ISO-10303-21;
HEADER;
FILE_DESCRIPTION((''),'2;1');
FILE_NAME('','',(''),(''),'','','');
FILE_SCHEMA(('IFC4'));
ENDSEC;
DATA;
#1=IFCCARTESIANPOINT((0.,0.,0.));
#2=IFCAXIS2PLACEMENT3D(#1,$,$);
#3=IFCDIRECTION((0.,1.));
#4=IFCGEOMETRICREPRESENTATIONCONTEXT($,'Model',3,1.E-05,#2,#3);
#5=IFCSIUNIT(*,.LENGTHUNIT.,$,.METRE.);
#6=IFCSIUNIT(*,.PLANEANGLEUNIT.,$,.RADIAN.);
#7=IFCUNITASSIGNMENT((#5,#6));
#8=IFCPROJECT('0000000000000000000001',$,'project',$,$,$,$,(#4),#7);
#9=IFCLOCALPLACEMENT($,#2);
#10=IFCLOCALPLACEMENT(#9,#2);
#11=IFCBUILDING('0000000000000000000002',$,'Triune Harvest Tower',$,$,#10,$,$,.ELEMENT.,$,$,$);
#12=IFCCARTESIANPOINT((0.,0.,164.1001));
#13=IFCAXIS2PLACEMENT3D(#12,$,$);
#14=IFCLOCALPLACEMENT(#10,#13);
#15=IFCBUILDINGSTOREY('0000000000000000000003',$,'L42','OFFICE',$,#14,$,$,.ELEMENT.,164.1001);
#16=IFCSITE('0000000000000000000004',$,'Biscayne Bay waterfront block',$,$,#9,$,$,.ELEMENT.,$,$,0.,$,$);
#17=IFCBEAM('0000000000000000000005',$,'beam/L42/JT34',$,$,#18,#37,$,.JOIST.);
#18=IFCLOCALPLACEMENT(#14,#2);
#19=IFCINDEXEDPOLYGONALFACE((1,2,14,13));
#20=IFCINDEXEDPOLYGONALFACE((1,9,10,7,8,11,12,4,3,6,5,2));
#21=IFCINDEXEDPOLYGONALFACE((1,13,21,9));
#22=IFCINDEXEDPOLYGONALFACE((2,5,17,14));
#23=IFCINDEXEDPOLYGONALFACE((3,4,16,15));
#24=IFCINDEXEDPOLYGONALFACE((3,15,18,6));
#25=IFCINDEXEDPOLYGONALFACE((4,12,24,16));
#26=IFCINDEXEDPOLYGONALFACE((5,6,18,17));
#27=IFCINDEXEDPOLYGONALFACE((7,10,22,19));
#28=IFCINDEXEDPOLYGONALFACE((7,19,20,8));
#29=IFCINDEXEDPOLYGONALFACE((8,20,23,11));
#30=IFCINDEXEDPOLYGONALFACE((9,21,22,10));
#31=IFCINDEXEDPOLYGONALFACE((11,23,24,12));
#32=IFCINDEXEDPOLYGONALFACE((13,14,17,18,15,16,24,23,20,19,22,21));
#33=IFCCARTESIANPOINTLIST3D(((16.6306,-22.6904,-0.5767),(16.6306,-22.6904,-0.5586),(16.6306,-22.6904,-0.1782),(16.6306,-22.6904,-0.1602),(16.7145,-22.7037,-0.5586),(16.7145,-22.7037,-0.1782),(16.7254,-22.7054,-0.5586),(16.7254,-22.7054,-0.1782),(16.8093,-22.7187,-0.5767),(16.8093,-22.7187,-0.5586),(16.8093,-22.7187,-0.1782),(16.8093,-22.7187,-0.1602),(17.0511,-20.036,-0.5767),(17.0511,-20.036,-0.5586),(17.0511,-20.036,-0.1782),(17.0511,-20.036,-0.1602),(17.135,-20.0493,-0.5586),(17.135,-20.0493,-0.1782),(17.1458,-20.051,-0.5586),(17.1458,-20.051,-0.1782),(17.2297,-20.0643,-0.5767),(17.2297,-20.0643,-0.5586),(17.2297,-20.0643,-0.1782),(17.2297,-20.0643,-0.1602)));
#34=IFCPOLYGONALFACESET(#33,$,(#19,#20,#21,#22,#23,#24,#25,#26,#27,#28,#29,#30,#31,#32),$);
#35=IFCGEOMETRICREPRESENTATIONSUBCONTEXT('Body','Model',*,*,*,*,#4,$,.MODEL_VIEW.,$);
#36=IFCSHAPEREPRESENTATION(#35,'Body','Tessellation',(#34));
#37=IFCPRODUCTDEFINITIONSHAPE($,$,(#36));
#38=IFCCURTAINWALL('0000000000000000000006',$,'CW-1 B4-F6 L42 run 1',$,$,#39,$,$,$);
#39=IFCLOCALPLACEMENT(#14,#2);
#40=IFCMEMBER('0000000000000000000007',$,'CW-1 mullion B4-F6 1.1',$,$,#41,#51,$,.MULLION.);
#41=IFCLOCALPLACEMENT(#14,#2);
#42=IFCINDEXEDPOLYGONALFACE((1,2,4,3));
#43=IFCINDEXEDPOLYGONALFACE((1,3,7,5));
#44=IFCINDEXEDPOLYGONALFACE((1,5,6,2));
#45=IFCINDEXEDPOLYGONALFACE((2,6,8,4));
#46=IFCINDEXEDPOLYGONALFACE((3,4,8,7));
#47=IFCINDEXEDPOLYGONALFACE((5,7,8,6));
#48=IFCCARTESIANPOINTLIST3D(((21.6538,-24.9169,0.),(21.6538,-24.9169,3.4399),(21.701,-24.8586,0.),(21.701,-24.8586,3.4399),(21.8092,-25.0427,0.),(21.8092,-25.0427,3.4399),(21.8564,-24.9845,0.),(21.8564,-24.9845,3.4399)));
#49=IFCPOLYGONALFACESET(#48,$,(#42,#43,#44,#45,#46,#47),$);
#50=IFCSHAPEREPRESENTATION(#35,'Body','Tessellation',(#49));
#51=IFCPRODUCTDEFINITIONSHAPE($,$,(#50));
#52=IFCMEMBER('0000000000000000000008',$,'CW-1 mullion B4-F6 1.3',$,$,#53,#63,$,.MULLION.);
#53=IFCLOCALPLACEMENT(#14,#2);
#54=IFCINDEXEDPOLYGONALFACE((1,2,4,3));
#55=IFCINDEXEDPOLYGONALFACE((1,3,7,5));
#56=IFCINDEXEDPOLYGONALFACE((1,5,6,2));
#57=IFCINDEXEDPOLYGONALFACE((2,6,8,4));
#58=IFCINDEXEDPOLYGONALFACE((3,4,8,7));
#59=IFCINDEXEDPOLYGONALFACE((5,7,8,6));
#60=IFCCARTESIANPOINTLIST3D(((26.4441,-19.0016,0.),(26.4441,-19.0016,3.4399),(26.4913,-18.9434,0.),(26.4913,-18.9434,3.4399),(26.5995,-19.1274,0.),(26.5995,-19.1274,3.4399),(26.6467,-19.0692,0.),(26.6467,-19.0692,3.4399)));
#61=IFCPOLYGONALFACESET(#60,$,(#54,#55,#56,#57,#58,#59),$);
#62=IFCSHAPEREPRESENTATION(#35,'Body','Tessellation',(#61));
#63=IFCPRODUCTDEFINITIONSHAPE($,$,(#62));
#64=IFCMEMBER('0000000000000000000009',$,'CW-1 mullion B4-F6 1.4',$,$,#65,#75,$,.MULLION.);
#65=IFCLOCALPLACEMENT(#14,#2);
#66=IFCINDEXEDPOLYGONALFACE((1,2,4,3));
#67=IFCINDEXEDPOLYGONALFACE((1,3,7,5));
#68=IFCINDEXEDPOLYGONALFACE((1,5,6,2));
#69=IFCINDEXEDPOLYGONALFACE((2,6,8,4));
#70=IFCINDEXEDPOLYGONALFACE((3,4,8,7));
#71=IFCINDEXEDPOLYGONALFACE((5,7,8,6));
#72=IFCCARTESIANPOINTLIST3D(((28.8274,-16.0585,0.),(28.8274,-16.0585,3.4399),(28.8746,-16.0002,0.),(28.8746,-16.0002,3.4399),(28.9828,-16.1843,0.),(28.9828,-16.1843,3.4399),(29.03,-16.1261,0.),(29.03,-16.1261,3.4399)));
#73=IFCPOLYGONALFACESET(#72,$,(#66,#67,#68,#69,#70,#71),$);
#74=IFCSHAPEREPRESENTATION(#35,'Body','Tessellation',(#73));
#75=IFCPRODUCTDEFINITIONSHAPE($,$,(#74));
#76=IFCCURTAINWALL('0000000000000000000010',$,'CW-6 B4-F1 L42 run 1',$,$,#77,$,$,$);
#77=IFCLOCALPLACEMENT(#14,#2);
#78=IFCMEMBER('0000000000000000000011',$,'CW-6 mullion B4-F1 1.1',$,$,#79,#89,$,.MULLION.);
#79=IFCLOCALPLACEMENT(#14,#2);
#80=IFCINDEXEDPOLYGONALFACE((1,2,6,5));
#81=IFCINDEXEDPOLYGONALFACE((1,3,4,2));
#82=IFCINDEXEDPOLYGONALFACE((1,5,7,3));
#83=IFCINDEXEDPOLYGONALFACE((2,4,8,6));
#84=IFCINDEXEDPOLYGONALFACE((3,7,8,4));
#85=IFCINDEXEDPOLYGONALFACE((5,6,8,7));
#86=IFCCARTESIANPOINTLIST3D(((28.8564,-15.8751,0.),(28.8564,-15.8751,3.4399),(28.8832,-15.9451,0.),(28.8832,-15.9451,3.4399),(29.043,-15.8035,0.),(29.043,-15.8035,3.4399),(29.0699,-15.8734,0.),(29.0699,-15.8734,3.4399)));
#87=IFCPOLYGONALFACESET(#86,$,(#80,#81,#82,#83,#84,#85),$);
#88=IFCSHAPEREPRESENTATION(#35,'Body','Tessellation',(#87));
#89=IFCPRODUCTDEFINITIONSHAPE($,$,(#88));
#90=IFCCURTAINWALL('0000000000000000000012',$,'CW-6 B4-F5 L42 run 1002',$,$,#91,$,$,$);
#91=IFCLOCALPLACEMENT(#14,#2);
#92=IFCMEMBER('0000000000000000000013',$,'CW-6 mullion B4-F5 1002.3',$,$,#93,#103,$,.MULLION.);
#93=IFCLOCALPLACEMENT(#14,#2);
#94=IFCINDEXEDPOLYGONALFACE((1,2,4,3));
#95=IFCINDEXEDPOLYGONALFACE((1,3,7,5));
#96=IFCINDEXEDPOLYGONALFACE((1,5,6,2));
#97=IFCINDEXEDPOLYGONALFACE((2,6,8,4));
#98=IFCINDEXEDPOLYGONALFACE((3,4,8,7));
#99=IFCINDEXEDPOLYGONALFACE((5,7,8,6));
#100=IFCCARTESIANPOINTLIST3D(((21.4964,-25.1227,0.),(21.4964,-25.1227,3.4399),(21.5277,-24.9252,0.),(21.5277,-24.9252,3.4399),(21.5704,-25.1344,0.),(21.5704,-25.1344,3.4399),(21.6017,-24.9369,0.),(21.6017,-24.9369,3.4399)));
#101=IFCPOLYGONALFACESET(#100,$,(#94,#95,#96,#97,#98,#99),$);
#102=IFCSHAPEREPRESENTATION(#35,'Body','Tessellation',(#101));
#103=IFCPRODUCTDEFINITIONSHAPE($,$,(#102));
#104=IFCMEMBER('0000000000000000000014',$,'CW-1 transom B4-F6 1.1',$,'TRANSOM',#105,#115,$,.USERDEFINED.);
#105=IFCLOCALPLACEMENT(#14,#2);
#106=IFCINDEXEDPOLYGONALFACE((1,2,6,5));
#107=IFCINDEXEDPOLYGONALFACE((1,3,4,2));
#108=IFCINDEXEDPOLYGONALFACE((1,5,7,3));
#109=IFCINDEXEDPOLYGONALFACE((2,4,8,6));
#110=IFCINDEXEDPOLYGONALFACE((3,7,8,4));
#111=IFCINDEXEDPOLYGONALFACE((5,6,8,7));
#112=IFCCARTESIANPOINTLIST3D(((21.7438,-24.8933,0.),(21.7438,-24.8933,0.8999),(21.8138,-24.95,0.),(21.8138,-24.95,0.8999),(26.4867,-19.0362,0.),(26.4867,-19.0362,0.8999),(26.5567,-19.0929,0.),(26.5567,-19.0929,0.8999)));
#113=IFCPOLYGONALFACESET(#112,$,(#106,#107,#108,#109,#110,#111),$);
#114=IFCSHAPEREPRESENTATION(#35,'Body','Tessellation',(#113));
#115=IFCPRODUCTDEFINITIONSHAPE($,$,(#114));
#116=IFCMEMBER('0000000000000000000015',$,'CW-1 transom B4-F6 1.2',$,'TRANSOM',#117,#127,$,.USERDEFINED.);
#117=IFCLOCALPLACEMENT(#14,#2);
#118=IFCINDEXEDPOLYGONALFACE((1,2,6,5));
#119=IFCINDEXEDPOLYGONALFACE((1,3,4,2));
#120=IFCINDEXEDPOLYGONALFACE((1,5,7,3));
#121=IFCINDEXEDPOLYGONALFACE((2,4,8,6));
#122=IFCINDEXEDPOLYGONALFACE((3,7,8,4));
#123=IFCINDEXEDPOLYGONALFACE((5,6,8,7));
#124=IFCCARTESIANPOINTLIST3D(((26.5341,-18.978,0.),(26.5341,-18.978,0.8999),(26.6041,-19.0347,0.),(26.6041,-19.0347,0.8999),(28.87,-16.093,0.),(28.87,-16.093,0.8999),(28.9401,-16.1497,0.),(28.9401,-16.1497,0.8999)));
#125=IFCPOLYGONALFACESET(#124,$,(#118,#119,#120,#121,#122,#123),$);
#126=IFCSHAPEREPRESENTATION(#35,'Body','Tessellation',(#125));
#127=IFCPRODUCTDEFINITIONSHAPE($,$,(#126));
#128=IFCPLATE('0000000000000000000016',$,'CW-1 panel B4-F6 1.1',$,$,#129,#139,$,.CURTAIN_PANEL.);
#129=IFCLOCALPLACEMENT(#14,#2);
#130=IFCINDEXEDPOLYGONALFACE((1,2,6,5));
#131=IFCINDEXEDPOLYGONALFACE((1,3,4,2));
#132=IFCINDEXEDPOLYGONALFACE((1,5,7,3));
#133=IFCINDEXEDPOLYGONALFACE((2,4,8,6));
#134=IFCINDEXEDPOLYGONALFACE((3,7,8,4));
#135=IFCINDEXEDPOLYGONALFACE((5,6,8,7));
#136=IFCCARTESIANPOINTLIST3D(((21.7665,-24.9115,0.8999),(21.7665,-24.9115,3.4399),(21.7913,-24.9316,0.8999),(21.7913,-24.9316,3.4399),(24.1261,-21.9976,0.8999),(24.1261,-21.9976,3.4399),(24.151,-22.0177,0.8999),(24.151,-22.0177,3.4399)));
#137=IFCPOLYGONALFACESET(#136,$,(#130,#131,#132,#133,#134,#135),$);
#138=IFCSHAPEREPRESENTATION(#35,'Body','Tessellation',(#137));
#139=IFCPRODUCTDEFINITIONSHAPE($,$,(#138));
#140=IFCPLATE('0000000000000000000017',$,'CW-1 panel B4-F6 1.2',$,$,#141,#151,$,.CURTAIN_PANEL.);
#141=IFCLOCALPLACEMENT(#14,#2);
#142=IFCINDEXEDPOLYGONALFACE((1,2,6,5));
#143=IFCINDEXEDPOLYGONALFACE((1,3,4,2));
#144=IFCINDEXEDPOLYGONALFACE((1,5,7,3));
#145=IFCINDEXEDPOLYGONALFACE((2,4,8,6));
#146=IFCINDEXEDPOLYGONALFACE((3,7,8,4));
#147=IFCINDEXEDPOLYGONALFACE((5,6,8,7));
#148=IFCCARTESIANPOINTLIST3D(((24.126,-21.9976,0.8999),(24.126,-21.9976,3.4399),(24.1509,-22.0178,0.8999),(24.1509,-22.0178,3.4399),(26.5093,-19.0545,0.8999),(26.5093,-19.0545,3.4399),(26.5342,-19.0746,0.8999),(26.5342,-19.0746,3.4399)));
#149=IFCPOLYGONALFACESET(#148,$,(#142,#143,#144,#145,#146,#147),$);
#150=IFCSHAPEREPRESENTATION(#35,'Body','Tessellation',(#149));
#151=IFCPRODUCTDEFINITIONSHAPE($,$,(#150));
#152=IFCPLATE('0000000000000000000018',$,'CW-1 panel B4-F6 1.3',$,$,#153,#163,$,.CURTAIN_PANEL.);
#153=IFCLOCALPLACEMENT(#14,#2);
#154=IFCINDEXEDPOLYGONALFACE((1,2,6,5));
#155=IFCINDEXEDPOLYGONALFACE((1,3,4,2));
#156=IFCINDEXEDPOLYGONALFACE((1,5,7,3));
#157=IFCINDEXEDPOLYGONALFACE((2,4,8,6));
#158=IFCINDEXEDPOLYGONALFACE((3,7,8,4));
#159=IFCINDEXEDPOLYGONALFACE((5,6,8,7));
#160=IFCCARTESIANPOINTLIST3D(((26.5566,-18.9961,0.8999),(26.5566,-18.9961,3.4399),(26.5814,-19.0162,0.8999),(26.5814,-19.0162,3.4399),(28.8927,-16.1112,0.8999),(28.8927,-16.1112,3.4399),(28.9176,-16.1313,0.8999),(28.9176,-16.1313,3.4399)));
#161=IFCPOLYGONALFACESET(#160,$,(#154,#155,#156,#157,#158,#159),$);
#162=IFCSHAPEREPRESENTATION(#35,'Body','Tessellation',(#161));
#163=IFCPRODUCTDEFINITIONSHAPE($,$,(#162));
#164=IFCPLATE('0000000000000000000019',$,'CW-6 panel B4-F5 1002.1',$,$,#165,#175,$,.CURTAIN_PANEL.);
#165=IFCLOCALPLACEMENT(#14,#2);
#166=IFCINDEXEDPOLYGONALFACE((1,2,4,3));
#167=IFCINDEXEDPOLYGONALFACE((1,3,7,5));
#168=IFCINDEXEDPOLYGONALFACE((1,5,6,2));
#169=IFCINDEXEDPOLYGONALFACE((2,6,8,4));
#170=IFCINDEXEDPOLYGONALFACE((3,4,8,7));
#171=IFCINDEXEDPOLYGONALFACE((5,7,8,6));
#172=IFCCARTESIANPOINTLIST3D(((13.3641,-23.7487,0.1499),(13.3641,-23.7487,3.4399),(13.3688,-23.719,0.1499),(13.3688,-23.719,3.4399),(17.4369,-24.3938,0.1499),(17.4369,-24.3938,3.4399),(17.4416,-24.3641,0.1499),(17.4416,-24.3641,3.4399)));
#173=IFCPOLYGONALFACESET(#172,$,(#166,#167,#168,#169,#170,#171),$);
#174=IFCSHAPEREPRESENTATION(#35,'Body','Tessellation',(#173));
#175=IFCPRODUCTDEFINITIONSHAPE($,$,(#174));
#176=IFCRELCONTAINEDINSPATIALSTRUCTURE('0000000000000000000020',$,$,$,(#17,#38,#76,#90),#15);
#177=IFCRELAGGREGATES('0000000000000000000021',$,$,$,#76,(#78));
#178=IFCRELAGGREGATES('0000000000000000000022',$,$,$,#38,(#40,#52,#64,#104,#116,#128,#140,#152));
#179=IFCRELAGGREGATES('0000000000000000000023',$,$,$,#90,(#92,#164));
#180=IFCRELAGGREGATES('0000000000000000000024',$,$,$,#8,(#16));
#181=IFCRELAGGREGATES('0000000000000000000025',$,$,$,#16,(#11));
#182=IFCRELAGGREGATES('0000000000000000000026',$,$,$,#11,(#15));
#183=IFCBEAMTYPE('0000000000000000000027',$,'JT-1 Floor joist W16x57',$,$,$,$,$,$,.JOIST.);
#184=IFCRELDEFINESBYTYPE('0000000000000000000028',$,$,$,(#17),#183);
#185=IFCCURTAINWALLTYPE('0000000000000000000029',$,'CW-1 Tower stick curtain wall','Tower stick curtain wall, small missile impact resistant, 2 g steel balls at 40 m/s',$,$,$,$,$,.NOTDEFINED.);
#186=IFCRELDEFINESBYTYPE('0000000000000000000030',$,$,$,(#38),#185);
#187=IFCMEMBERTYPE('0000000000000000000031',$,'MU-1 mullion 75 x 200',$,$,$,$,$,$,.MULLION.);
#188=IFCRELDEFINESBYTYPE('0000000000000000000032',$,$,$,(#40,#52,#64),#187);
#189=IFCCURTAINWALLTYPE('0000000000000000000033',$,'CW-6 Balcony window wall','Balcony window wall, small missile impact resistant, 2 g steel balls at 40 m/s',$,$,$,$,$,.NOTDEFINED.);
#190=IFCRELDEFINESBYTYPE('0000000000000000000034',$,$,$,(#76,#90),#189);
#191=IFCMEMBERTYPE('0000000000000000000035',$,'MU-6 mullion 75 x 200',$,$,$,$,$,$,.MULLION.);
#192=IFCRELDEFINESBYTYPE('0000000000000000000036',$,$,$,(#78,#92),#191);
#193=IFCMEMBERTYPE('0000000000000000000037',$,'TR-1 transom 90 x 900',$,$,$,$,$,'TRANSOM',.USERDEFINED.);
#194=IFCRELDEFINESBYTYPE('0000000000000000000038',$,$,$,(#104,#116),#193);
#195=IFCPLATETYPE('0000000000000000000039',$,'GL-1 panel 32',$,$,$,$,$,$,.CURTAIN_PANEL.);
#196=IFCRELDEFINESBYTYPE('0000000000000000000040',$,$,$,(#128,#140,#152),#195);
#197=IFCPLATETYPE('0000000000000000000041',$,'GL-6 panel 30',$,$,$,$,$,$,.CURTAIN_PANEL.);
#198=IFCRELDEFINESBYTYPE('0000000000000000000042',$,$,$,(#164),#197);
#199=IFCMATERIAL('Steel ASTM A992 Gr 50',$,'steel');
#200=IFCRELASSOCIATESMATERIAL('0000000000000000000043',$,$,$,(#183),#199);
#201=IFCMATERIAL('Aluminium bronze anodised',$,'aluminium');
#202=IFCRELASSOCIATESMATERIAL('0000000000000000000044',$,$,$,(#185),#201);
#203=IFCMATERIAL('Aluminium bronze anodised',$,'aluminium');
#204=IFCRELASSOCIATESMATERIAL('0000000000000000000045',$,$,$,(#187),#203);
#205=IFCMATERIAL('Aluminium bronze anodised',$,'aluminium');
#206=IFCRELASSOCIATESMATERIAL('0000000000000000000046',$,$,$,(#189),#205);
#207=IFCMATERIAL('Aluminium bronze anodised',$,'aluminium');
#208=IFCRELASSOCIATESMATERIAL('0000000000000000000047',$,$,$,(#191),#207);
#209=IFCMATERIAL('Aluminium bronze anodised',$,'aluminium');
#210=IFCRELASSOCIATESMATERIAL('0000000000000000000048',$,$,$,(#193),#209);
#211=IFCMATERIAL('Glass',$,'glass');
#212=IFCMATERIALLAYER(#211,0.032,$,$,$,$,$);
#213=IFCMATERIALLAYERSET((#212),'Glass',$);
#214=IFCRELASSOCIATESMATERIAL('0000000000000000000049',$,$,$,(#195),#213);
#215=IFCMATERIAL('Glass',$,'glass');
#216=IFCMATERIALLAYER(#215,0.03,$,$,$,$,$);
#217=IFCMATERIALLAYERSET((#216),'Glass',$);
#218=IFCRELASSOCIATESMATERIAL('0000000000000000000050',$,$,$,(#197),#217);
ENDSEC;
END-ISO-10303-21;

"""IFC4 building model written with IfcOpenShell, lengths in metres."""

from ifc_helpers import new_model, si_unit, direction, frame, origin, origin_2d, place, context, subcontext, project, spatial, rectangle, i_section, extrude, source, transform, mapped, material, layer, layer_set, material_profile, profile_set, type_object, element, aggregate, save


model = new_model("IFC4")

# Units and contexts
model_context = context("Model", 3, precision=1e-05, world=origin(), true_north=direction((0.0, 1.0)))
body_context = subcontext(model_context, "Body", "Model", "MODEL_VIEW")
ifc_project = project(units=[si_unit("LENGTHUNIT", "METRE"), si_unit("PLANEANGLEUNIT", "RADIAN")], contexts=[model_context])

# Site, building, storey
site_placement = place(None, origin())
site = spatial("IfcSite", under=ifc_project, at=site_placement, Name="Biscayne Bay waterfront block", CompositionType="ELEMENT", RefElevation=0.0)
building_placement = place(site_placement, origin())
building = spatial("IfcBuilding", under=site, at=building_placement, Name="Triune Harvest Tower", CompositionType="ELEMENT")
storey_placement = place(building_placement, frame((0.0, 0.0, 164.1001)))
storey = spatial("IfcBuildingStorey", under=building, at=storey_placement, Name="L42", Description="OFFICE", CompositionType="ELEMENT", Elevation=164.1001)

# Beam
ifc_material_1 = material(Name="Steel ASTM A992 Gr 50", Category="steel")
ifc_material_profile_1 = material_profile(ifc_material_1, i_section(OverallWidth=0.1809, OverallDepth=0.4165, WebThickness=0.011, FlangeThickness=0.0181, at=origin_2d()), Name="W16x57")
ifc_profile_set_1 = profile_set([ifc_material_profile_1], Name="Steel ASTM A992 Gr 50")
beam_type_1 = type_object("IfcBeamType", Name="JT-1 Floor joist W16x57", PredefinedType="JOIST", material=ifc_profile_set_1)
shared_shape_1 = source(origin(), body_context, "Body", "SweptSolid", [
    extrude(i_section(OverallWidth=0.1809, OverallDepth=0.4165, WebThickness=0.011, FlangeThickness=0.0181, at=origin_2d()), origin(), (0.0, 0.0, 1.0), 2.6875),
])
beam_1_placement = place(storey_placement, frame((16.72, -22.7046, -0.3684), z_axis=(0.156438, 0.987688, 0.0), x_axis=(-0.987688, 0.156438, 0.0)))
element("IfcBeam", 1, at=beam_1_placement, inside=storey, type_object=beam_type_1, Name="beam/L42/JT34", PredefinedType="JOIST", context=body_context, shape_type="MappedRepresentation", body=[
    mapped(shared_shape_1, transform((0.0, 0.0, 0.0), scale=1.0)),
])

# Curtain wall, members
ifc_material_2 = material(Name="Aluminium bronze anodised", Category="aluminium")
curtain_wall_type_1 = type_object("IfcCurtainWallType", Name="CW-1 Tower stick curtain wall", Description="Tower stick curtain wall, small missile impact resistant, 2 g steel balls at 40 m/s", PredefinedType="NOTDEFINED", material=ifc_material_2)
curtain_wall_1_placement = place(storey_placement, origin())
curtain_wall_1 = element("IfcCurtainWall", 2, at=curtain_wall_1_placement, inside=storey, type_object=curtain_wall_type_1, Name="CW-1 B4-F6 L42 run 1")
ifc_material_3 = material(Name="Aluminium bronze anodised", Category="aluminium")
ifc_material_profile_2 = material_profile(ifc_material_3, rectangle(XDim=0.2, YDim=0.075, at=origin_2d()), Name="MU-1 mullion 75 x 200")
ifc_profile_set_2 = profile_set([ifc_material_profile_2], Name="Aluminium bronze anodised")
member_type_1 = type_object("IfcMemberType", Name="MU-1 mullion 75 x 200", PredefinedType="MULLION", material=ifc_profile_set_2)
shared_shape_2 = source(origin(), body_context, "Body", "SweptSolid", [
    extrude(rectangle(XDim=0.2, YDim=0.075, at=origin_2d()), origin(), (0.0, 0.0, 1.0), 3.4399),
])
member_1_placement = place(storey_placement, frame((21.7551, -24.9507, 0.0), z_axis=(0.0, 0.0, 1.0), x_axis=(-0.777146, 0.629321, 0.0)))
member_1 = element("IfcMember", 3, at=member_1_placement, type_object=member_type_1, Name="CW-1 mullion B4-F6 1.1", PredefinedType="MULLION", context=body_context, shape_type="MappedRepresentation", body=[
    mapped(shared_shape_2, transform((0.0, 0.0, 0.0), scale=1.0)),
])
member_2_placement = place(storey_placement, frame((26.5454, -19.0354, 0.0), z_axis=(0.0, 0.0, 1.0), x_axis=(-0.777146, 0.629321, 0.0)))
member_2 = element("IfcMember", 4, at=member_2_placement, type_object=member_type_1, Name="CW-1 mullion B4-F6 1.3", PredefinedType="MULLION", context=body_context, shape_type="MappedRepresentation", body=[
    mapped(shared_shape_2, transform((0.0, 0.0, 0.0), scale=1.0)),
])
member_3_placement = place(storey_placement, frame((28.9287, -16.0923, 0.0), z_axis=(0.0, 0.0, 1.0), x_axis=(-0.777146, 0.629321, 0.0)))
member_3 = element("IfcMember", 5, at=member_3_placement, type_object=member_type_1, Name="CW-1 mullion B4-F6 1.4", PredefinedType="MULLION", context=body_context, shape_type="MappedRepresentation", body=[
    mapped(shared_shape_2, transform((0.0, 0.0, 0.0), scale=1.0)),
])

# Curtain walls, members
ifc_material_4 = material(Name="Aluminium bronze anodised", Category="aluminium")
curtain_wall_type_2 = type_object("IfcCurtainWallType", Name="CW-6 Balcony window wall", Description="Balcony window wall, small missile impact resistant, 2 g steel balls at 40 m/s", PredefinedType="NOTDEFINED", material=ifc_material_4)
curtain_wall_2_placement = place(storey_placement, origin())
curtain_wall_2 = element("IfcCurtainWall", 6, at=curtain_wall_2_placement, inside=storey, type_object=curtain_wall_type_2, Name="CW-6 B4-F1 L42 run 1")
ifc_material_5 = material(Name="Aluminium bronze anodised", Category="aluminium")
ifc_material_profile_3 = material_profile(ifc_material_5, rectangle(XDim=0.2, YDim=0.075, at=origin_2d()), Name="MU-6 mullion 75 x 200")
ifc_profile_set_3 = profile_set([ifc_material_profile_3], Name="Aluminium bronze anodised")
member_type_2 = type_object("IfcMemberType", Name="MU-6 mullion 75 x 200", PredefinedType="MULLION", material=ifc_profile_set_3)
shared_shape_3 = source(origin(), body_context, "Body", "SweptSolid", [
    extrude(rectangle(XDim=0.2, YDim=0.075, at=origin_2d()), origin(), (0.0, 0.0, 1.0), 3.4399),
])
member_4_placement = place(storey_placement, frame((28.9631, -15.8743, 0.0), z_axis=(0.0, 0.0, 1.0), x_axis=(-0.933579, -0.358372, 0.0)))
member_4 = element("IfcMember", 7, at=member_4_placement, type_object=member_type_2, Name="CW-6 mullion B4-F1 1.1", PredefinedType="MULLION", context=body_context, shape_type="MappedRepresentation", body=[
    mapped(shared_shape_3, transform((0.0, 0.0, 0.0), scale=1.0)),
])
aggregate(curtain_wall_2, [member_4])
curtain_wall_3_placement = place(storey_placement, origin())
curtain_wall_3 = element("IfcCurtainWall", 8, at=curtain_wall_3_placement, inside=storey, type_object=curtain_wall_type_2, Name="CW-6 B4-F5 L42 run 1002")
member_5_placement = place(storey_placement, frame((21.5491, -25.0298, 0.0), z_axis=(0.0, 0.0, 1.0), x_axis=(0.156434, 0.987688, 0.0)))
member_5 = element("IfcMember", 9, at=member_5_placement, type_object=member_type_2, Name="CW-6 mullion B4-F5 1002.3", PredefinedType="MULLION", context=body_context, shape_type="MappedRepresentation", body=[
    mapped(shared_shape_3, transform((0.0, 0.0, 0.0), scale=1.0)),
])

# Members
ifc_material_6 = material(Name="Aluminium bronze anodised", Category="aluminium")
ifc_material_profile_4 = material_profile(ifc_material_6, rectangle(XDim=0.0901, YDim=0.8999, at=origin_2d()), Name="TR-1 transom 90 x 900")
ifc_profile_set_4 = profile_set([ifc_material_profile_4], Name="Aluminium bronze anodised")
member_type_3 = type_object("IfcMemberType", Name="TR-1 transom 90 x 900", ElementType="TRANSOM", PredefinedType="USERDEFINED", material=ifc_profile_set_4)
shared_shape_4 = source(origin(), body_context, "Body", "SweptSolid", [
    extrude(rectangle(XDim=0.0901, YDim=0.8999, at=origin_2d()), origin(), (0.0, 0.0, 1.0), 7.5366),
])
member_6_placement = place(storey_placement, frame((21.7788, -24.9216, 0.45), z_axis=(0.62931, 0.777154, 0.0), x_axis=(-0.777154, 0.62931, 0.0)))
member_6 = element("IfcMember", 10, at=member_6_placement, type_object=member_type_3, Name="CW-1 transom B4-F6 1.1", ObjectType="TRANSOM", PredefinedType="USERDEFINED", context=body_context, shape_type="MappedRepresentation", body=[
    mapped(shared_shape_4, transform((0.0, 0.0, 0.0), scale=1.0)),
])
shared_shape_5 = source(origin(), body_context, "Body", "SweptSolid", [
    extrude(rectangle(XDim=0.0901, YDim=0.8999, at=origin_2d()), origin(), (0.0, 0.0, 1.0), 3.7122),
])
member_7_placement = place(storey_placement, frame((26.5691, -19.0063, 0.45), z_axis=(0.629272, 0.777185, 0.0), x_axis=(-0.777185, 0.629272, 0.0)))
member_7 = element("IfcMember", 11, at=member_7_placement, type_object=member_type_3, Name="CW-1 transom B4-F6 1.2", ObjectType="TRANSOM", PredefinedType="USERDEFINED", context=body_context, shape_type="MappedRepresentation", body=[
    mapped(shared_shape_5, transform((0.0, 0.0, 0.0), scale=1.0)),
])

# Plates
ifc_material_7 = material(Name="Glass", Category="glass")
ifc_layer_1 = layer(ifc_material_7, 0.032)
ifc_layer_set_1 = layer_set([ifc_layer_1], Name="Glass")
plate_type_1 = type_object("IfcPlateType", Name="GL-1 panel 32", PredefinedType="CURTAIN_PANEL", material=ifc_layer_set_1)
shared_shape_6 = source(origin(), body_context, "Body", "SweptSolid", [
    extrude(rectangle(XDim=3.7495, YDim=0.032, at=origin_2d()), origin(), (0.0, 0.0, 1.0), 2.54),
])
plate_1_placement = place(storey_placement, frame((22.9587, -23.4646, 0.8999), z_axis=(0.0, 0.0, 1.0), x_axis=(0.629321, 0.777146, 0.0)))
plate_1 = element("IfcPlate", 12, at=plate_1_placement, type_object=plate_type_1, Name="CW-1 panel B4-F6 1.1", PredefinedType="CURTAIN_PANEL", context=body_context, shape_type="MappedRepresentation", body=[
    mapped(shared_shape_6, transform((0.0, 0.0, 0.0), scale=1.0)),
])
shared_shape_7 = source(origin(), body_context, "Body", "SweptSolid", [
    extrude(rectangle(XDim=3.7871, YDim=0.032, at=origin_2d()), origin(), (0.0, 0.0, 1.0), 2.54),
])
plate_2_placement = place(storey_placement, frame((25.3301, -20.5361, 0.8999), z_axis=(0.0, 0.0, 1.0), x_axis=(0.629321, 0.777146, 0.0)))
plate_2 = element("IfcPlate", 13, at=plate_2_placement, type_object=plate_type_1, Name="CW-1 panel B4-F6 1.2", PredefinedType="CURTAIN_PANEL", context=body_context, shape_type="MappedRepresentation", body=[
    mapped(shared_shape_7, transform((0.0, 0.0, 0.0), scale=1.0)),
])
shared_shape_8 = source(origin(), body_context, "Body", "SweptSolid", [
    extrude(rectangle(XDim=3.7122, YDim=0.032, at=origin_2d()), origin(), (0.0, 0.0, 1.0), 2.54),
])
plate_3_placement = place(storey_placement, frame((27.7371, -17.5637, 0.8999), z_axis=(0.0, 0.0, 1.0), x_axis=(0.629321, 0.777146, 0.0)))
plate_3 = element("IfcPlate", 14, at=plate_3_placement, type_object=plate_type_1, Name="CW-1 panel B4-F6 1.3", PredefinedType="CURTAIN_PANEL", context=body_context, shape_type="MappedRepresentation", body=[
    mapped(shared_shape_8, transform((0.0, 0.0, 0.0), scale=1.0)),
])
aggregate(curtain_wall_1, [member_1, member_2, member_3, member_6, member_7, plate_1, plate_2, plate_3])
ifc_material_8 = material(Name="Glass", Category="glass")
ifc_layer_2 = layer(ifc_material_8, 0.03)
ifc_layer_set_2 = layer_set([ifc_layer_2], Name="Glass")
plate_type_2 = type_object("IfcPlateType", Name="GL-6 panel 30", PredefinedType="CURTAIN_PANEL", material=ifc_layer_set_2)
shared_shape_9 = source(origin(), body_context, "Body", "SweptSolid", [
    extrude(rectangle(XDim=4.1235, YDim=0.03, at=origin_2d()), origin(), (0.0, 0.0, 1.0), 3.29),
])
plate_4_placement = place(storey_placement, frame((15.4028, -24.0564, 0.1499), z_axis=(0.0, 0.0, 1.0), x_axis=(0.987688, -0.156434, 0.0)))
plate_4 = element("IfcPlate", 15, at=plate_4_placement, type_object=plate_type_2, Name="CW-6 panel B4-F5 1002.1", PredefinedType="CURTAIN_PANEL", context=body_context, shape_type="MappedRepresentation", body=[
    mapped(shared_shape_9, transform((0.0, 0.0, 0.0), scale=1.0)),
])
aggregate(curtain_wall_3, [member_5, plate_4])

save(model, "model.ifc")
